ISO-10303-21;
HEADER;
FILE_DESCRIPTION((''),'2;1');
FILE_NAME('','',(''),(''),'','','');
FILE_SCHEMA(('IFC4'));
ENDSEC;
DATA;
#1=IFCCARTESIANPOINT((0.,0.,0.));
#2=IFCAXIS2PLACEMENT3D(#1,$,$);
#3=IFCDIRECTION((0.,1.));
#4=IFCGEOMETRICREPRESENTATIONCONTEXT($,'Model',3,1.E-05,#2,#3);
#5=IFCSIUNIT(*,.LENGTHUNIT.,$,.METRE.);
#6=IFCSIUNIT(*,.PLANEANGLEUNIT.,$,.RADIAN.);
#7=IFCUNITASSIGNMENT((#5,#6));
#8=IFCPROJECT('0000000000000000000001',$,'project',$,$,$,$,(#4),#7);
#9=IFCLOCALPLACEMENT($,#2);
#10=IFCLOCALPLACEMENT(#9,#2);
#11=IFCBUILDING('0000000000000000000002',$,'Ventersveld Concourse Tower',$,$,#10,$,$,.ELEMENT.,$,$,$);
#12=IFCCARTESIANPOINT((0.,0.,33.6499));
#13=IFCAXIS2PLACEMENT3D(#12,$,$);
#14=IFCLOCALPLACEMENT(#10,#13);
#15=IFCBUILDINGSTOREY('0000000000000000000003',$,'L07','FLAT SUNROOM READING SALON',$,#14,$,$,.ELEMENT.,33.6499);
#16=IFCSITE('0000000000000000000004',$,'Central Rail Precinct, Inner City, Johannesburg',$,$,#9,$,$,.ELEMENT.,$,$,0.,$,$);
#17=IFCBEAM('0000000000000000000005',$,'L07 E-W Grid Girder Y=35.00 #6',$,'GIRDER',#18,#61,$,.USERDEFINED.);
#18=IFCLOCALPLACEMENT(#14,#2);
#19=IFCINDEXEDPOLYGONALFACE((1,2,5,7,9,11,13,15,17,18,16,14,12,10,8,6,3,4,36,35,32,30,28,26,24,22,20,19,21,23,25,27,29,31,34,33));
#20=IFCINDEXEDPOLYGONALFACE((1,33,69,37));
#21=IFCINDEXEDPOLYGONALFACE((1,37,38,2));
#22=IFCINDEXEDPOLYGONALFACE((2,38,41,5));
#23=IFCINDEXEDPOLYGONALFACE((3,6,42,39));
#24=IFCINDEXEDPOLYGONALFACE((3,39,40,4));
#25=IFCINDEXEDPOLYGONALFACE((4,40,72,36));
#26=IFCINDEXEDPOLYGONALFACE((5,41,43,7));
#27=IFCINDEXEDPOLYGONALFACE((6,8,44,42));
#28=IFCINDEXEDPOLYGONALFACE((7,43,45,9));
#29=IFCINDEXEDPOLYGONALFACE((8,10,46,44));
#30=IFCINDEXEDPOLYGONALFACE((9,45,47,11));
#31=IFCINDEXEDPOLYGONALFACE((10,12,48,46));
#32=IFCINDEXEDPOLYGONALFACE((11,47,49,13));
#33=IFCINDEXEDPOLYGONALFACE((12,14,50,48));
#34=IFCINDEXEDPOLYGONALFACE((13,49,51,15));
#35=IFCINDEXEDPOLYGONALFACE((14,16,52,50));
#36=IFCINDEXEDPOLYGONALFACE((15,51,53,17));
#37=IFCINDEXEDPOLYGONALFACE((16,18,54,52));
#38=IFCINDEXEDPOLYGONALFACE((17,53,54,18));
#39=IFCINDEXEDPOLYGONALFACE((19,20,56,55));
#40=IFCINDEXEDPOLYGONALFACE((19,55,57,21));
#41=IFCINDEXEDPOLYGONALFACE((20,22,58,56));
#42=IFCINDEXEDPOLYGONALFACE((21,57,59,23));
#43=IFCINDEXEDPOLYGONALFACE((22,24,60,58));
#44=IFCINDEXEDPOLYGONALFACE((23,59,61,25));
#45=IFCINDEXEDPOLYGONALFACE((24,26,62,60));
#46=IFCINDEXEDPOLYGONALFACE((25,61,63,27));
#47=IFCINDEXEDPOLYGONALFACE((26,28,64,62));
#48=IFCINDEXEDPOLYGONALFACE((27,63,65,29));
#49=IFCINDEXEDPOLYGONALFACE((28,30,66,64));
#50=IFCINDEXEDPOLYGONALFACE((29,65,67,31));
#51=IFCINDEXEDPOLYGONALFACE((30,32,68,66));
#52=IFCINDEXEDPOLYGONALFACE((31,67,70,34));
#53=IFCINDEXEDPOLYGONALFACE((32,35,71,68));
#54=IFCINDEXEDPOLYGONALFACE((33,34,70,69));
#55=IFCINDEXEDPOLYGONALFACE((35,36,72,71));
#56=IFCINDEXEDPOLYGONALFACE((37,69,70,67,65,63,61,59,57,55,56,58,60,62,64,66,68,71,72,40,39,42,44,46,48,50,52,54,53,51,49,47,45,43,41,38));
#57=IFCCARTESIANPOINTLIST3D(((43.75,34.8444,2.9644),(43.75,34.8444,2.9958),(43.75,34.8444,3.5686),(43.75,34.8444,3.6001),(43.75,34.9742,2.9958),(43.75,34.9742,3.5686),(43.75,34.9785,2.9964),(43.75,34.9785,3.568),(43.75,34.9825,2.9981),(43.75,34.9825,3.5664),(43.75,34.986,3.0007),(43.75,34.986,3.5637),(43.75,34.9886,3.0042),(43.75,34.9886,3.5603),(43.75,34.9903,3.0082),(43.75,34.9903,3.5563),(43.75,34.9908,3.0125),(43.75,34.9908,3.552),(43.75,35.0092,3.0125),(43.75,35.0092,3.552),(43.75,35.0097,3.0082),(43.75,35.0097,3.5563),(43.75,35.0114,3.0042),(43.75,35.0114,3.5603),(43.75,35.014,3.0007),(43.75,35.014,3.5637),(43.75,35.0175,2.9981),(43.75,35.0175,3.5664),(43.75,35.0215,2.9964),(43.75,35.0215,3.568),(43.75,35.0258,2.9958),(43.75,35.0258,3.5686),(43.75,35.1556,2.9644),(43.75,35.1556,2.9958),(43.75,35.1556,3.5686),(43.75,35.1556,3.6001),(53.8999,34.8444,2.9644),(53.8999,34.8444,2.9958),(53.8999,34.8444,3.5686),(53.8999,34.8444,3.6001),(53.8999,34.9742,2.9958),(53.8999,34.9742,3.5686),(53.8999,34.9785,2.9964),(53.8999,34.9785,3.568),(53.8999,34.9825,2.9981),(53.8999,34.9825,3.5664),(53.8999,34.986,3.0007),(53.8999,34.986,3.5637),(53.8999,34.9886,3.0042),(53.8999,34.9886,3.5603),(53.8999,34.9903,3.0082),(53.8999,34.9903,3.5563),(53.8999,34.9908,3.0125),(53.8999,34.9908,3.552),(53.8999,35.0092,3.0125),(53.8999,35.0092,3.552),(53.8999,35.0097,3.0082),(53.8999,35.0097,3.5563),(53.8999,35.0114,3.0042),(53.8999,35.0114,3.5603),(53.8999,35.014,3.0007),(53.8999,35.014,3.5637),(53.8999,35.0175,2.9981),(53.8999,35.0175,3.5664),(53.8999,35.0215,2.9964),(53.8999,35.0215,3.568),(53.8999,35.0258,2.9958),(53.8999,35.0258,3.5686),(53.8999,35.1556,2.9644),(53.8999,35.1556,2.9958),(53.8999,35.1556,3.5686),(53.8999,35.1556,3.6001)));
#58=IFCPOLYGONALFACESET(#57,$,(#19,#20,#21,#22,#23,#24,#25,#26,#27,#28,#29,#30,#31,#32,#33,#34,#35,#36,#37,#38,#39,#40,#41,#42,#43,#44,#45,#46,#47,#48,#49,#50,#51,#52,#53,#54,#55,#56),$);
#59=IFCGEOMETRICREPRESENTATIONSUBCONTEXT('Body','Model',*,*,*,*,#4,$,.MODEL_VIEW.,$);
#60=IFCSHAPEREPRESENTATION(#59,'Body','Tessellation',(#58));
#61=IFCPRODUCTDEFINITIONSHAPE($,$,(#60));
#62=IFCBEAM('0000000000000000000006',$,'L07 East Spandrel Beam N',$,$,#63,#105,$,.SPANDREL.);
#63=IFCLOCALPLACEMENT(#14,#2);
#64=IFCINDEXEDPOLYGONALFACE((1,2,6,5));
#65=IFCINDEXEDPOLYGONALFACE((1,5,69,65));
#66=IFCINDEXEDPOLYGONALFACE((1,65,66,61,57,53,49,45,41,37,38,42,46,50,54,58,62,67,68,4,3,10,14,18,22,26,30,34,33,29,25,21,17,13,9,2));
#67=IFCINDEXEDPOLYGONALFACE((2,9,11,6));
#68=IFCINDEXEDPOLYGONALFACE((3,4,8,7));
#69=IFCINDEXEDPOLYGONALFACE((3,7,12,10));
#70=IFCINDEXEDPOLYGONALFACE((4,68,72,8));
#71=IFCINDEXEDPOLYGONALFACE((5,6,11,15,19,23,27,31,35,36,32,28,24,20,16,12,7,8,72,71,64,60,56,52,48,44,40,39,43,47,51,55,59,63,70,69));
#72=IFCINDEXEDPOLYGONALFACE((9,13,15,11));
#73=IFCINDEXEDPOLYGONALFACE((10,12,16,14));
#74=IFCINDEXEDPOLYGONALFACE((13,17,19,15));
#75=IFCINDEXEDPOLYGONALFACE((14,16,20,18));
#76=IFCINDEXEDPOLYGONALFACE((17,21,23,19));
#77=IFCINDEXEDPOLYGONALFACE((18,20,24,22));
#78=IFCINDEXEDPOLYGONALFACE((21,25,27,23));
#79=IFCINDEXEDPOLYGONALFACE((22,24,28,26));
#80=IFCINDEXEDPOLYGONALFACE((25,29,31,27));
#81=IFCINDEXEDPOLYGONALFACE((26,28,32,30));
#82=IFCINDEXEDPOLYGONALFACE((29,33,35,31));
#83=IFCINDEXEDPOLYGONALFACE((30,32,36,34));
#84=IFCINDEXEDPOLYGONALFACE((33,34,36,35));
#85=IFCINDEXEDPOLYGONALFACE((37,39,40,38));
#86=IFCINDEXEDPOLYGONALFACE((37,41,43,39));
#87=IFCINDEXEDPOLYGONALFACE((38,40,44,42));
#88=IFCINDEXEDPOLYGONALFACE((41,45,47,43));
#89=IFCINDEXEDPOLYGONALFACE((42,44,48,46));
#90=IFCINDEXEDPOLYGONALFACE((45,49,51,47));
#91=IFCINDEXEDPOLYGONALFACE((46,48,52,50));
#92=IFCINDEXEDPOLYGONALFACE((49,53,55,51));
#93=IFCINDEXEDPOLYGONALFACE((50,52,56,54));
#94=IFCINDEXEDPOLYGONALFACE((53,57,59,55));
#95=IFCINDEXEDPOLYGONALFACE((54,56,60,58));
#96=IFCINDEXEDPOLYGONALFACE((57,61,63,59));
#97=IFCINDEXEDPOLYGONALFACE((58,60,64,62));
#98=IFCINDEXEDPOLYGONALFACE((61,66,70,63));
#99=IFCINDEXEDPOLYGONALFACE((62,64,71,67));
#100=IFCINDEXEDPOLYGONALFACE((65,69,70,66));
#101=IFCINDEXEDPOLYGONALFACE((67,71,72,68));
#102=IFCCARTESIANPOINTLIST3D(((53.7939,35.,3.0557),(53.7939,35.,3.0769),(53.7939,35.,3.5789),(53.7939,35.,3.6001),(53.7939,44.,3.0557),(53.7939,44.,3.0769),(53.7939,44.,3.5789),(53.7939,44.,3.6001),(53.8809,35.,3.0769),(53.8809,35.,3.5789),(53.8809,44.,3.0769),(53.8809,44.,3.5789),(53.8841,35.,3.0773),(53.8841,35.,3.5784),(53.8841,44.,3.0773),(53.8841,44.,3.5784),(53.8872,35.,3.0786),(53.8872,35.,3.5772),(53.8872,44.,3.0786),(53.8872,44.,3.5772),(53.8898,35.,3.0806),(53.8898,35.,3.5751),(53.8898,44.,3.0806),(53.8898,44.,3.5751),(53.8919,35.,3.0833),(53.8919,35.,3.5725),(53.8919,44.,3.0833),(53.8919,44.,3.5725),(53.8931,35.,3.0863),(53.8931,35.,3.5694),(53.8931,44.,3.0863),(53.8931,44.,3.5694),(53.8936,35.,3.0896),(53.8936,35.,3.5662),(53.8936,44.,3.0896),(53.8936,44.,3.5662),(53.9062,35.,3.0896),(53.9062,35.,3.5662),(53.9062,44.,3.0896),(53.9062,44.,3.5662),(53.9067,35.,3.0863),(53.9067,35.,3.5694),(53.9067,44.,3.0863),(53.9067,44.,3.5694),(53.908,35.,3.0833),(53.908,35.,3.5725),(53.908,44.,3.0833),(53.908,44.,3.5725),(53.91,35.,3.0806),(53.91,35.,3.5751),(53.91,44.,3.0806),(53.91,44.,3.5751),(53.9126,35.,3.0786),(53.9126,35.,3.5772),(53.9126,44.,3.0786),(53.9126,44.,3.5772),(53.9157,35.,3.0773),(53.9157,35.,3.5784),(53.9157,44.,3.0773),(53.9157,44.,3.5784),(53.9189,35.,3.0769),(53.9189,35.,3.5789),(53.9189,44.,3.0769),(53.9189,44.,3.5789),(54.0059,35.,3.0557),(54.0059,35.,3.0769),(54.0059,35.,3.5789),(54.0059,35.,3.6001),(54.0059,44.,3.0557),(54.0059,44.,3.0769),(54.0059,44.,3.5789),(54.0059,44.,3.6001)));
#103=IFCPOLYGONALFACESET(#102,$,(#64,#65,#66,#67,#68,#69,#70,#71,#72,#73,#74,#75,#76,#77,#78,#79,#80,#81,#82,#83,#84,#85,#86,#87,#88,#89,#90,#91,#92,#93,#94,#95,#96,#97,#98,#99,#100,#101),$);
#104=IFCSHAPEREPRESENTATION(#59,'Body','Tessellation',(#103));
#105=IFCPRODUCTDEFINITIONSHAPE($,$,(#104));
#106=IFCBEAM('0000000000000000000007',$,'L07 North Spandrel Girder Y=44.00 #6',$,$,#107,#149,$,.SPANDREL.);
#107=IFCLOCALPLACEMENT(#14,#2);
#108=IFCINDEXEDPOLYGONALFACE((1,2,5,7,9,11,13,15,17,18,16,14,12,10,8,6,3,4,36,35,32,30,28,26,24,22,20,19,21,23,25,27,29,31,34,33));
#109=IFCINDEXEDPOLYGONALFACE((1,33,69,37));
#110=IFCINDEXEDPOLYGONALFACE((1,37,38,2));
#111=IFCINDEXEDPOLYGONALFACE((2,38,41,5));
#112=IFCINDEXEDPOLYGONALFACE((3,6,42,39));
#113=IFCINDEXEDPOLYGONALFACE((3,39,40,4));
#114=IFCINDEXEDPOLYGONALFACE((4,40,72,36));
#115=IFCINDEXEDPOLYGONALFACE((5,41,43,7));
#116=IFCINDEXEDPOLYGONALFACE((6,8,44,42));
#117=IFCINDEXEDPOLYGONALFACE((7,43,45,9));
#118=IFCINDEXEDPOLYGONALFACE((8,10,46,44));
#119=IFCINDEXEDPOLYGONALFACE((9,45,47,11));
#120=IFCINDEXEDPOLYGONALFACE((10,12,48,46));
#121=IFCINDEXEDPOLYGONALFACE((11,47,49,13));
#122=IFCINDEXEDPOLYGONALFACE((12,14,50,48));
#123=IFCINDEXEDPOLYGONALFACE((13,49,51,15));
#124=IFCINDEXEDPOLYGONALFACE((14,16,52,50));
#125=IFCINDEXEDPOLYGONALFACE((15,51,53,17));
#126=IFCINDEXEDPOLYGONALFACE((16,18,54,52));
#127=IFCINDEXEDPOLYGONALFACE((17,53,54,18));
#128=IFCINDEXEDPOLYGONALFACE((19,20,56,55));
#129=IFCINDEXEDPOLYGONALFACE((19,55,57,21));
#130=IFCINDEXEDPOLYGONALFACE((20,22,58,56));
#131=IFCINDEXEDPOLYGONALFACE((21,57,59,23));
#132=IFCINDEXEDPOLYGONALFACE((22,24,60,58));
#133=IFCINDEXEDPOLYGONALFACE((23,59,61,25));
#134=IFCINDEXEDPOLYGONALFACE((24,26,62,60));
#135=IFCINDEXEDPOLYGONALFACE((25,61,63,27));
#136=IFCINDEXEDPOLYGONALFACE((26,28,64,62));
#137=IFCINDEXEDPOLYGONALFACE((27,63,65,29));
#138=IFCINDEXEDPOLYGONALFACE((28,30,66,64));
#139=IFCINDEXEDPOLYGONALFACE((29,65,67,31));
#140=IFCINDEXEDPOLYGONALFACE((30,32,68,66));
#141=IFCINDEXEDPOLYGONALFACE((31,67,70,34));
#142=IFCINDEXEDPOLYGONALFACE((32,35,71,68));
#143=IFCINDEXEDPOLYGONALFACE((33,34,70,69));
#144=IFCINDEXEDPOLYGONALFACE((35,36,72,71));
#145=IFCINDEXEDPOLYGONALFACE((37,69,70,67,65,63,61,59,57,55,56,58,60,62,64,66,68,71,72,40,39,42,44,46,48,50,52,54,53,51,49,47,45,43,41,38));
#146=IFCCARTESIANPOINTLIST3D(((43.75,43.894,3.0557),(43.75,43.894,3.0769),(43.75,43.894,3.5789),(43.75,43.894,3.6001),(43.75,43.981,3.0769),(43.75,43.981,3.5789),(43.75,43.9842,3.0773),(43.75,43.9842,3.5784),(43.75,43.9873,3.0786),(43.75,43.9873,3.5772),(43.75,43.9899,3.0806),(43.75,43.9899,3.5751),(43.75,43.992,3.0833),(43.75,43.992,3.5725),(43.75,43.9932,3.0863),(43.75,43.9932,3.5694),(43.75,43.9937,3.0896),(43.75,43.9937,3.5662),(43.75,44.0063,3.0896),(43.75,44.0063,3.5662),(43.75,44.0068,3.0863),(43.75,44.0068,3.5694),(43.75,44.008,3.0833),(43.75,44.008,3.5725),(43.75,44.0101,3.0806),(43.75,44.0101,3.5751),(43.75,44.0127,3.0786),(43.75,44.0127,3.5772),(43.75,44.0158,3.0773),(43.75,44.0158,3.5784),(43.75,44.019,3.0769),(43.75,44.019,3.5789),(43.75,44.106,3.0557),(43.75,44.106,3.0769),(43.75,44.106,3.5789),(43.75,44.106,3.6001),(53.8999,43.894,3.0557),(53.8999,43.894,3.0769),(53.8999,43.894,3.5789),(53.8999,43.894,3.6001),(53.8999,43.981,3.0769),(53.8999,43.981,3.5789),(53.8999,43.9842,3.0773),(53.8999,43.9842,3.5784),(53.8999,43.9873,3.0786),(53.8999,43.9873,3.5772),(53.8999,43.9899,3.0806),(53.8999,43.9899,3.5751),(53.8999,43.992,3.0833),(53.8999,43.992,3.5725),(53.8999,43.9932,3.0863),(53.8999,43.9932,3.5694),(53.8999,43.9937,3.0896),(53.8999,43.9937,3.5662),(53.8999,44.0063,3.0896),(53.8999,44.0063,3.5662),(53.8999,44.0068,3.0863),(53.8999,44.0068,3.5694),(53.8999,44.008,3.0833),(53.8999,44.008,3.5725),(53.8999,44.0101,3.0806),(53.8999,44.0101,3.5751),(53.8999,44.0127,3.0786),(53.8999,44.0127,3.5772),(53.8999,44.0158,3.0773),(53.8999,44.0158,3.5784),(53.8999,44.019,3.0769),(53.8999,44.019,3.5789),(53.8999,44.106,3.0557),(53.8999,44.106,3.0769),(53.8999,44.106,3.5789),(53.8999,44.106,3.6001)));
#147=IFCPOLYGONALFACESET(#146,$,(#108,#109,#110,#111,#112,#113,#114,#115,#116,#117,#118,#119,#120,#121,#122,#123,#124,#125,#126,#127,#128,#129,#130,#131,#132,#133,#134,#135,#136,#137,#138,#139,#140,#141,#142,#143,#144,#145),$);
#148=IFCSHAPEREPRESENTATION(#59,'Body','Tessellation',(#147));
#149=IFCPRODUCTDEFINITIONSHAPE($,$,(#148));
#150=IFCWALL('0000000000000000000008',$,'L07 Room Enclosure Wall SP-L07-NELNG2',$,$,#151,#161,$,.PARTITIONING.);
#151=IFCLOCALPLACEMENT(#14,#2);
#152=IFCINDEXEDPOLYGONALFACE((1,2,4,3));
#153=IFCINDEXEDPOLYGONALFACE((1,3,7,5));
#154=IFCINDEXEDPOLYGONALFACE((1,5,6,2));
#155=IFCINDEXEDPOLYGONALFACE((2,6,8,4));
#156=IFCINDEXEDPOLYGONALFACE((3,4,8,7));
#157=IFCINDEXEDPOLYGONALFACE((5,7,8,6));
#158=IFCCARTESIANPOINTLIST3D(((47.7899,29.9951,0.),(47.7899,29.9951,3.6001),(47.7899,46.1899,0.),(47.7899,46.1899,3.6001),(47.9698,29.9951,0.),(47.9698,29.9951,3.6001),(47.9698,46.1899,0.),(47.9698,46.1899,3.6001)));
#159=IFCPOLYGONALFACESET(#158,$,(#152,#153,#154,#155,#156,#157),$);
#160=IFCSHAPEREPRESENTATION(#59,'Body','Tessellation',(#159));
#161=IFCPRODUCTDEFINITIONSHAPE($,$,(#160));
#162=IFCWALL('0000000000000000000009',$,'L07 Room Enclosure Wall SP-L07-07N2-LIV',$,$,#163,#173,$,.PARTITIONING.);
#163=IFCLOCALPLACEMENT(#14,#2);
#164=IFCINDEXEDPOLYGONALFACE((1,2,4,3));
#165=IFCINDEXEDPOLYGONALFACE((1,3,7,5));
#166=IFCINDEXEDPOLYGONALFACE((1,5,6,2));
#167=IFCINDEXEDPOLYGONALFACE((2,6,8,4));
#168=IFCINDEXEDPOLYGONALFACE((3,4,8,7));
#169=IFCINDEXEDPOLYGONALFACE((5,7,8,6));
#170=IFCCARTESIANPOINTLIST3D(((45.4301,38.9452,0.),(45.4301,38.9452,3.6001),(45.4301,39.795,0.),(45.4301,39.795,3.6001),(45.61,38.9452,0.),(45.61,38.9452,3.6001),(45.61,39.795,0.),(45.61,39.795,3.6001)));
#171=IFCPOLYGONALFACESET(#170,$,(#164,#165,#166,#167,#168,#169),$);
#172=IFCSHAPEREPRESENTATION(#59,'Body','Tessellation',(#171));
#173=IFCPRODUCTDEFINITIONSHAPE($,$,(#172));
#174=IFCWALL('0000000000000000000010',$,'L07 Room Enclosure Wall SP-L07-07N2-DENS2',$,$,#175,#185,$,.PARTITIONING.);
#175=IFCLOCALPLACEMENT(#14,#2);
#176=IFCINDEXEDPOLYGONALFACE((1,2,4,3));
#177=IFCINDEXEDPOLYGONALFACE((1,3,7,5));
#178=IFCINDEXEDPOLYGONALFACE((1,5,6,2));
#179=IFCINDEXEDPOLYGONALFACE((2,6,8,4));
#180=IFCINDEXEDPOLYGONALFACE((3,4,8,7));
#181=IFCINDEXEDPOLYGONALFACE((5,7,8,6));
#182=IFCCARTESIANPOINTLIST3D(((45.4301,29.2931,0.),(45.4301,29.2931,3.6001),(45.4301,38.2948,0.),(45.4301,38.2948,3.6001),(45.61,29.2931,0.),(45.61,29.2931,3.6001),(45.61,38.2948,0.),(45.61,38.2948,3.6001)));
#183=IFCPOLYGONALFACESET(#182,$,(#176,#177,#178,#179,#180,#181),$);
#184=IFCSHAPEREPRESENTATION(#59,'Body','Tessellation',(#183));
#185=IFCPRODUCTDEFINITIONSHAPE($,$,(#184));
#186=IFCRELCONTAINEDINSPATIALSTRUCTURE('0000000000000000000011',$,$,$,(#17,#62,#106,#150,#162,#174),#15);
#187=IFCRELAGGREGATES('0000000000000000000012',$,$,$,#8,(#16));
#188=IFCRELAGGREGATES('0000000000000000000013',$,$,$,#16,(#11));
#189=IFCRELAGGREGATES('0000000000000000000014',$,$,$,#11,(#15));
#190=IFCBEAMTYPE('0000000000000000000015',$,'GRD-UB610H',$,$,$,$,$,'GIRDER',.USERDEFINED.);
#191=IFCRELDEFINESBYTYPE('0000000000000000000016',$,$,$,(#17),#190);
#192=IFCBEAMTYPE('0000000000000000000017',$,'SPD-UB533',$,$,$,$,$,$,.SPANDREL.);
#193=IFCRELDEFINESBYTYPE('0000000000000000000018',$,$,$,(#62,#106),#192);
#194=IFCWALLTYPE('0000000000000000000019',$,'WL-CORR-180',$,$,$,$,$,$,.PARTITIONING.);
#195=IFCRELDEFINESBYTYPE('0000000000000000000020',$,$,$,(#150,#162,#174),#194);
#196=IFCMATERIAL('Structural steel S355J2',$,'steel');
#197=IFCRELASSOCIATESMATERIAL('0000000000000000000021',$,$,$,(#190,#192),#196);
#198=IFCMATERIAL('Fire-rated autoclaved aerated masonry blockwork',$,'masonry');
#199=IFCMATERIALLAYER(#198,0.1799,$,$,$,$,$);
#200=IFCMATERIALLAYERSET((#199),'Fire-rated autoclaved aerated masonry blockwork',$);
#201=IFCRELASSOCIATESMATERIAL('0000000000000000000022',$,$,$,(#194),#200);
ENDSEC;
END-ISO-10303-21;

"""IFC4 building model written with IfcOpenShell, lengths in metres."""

from ifc_helpers import new_model, si_unit, direction, frame, frame_2d, origin, origin_2d, place, context, subcontext, project, spatial, rectangle, i_section, extrude, material, layer, layer_set, material_profile, profile_set, type_object, element, save


model = new_model("IFC4")

# Units and contexts
model_context = context("Model", 3, precision=1e-05, world=origin(), true_north=direction((0.0, 1.0)))
body_context = subcontext(model_context, "Body", "Model", "MODEL_VIEW")
ifc_project = project(units=[si_unit("LENGTHUNIT", "METRE"), si_unit("PLANEANGLEUNIT", "RADIAN")], contexts=[model_context])

# Site, building, storey
site_placement = place(None, origin())
site = spatial("IfcSite", under=ifc_project, at=site_placement, Name="Central Rail Precinct, Inner City, Johannesburg", CompositionType="ELEMENT", RefElevation=0.0)
building_placement = place(site_placement, origin())
building = spatial("IfcBuilding", under=site, at=building_placement, Name="Ventersveld Concourse Tower", CompositionType="ELEMENT")
storey_placement = place(building_placement, frame((0.0, 0.0, 33.6499)))
storey = spatial("IfcBuildingStorey", under=building, at=storey_placement, Name="L07", Description="FLAT SUNROOM READING SALON", CompositionType="ELEMENT", Elevation=33.6499)

# Beams
ifc_material_1 = material(Name="Structural steel S355J2", Category="steel")
ifc_material_profile_1 = material_profile(ifc_material_1, i_section(OverallWidth=0.3113, OverallDepth=0.6357, WebThickness=0.0183, FlangeThickness=0.0315, FilletRadius=0.0166, at=origin_2d()), Name="UB 610x305x238")
ifc_profile_set_1 = profile_set([ifc_material_profile_1], Name="Structural steel S355J2")
beam_type_1 = type_object("IfcBeamType", Name="GRD-UB610H", ElementType="GIRDER", PredefinedType="USERDEFINED", material=ifc_profile_set_1)
beam_1_placement = place(storey_placement, frame((43.75, 35.0, 3.2822), z_axis=(1.0, 0.0, 0.0), x_axis=(0.0, 1.0, 0.0)))
element("IfcBeam", 1, at=beam_1_placement, inside=storey, type_object=beam_type_1, Name="L07 E-W Grid Girder Y=35.00 #6", ObjectType="GIRDER", PredefinedType="USERDEFINED", context=body_context, shape_type="SweptSolid", body=[
    extrude(i_section(OverallWidth=0.3113, OverallDepth=0.6357, WebThickness=0.0183, FlangeThickness=0.0315, FilletRadius=0.0166, at=origin_2d()), origin(), (0.0, 0.0, 1.0), 10.1499),
])
ifc_material_profile_2 = material_profile(ifc_material_1, i_section(OverallWidth=0.2119, OverallDepth=0.5444, WebThickness=0.0127, FlangeThickness=0.0212, FilletRadius=0.0127, at=origin_2d()), Name="UB 533x210x122")
ifc_profile_set_2 = profile_set([ifc_material_profile_2], Name="Structural steel S355J2")
beam_type_2 = type_object("IfcBeamType", Name="SPD-UB533", PredefinedType="SPANDREL", material=ifc_profile_set_2)
beam_2_placement = place(storey_placement, frame((53.8999, 35.0, 3.3279), z_axis=(0.0, 1.0, 0.0), x_axis=(-1.0, 0.0, 0.0)))
element("IfcBeam", 2, at=beam_2_placement, inside=storey, type_object=beam_type_2, Name="L07 East Spandrel Beam N", PredefinedType="SPANDREL", context=body_context, shape_type="SweptSolid", body=[
    extrude(i_section(OverallWidth=0.2119, OverallDepth=0.5444, WebThickness=0.0127, FlangeThickness=0.0212, FilletRadius=0.0127, at=origin_2d()), origin(), (0.0, 0.0, 1.0), 9.0),
])
beam_3_placement = place(storey_placement, frame((43.75, 44.0, 3.3279), z_axis=(1.0, 0.0, 0.0), x_axis=(0.0, 1.0, 0.0)))
element("IfcBeam", 3, at=beam_3_placement, inside=storey, type_object=beam_type_2, Name="L07 North Spandrel Girder Y=44.00 #6", PredefinedType="SPANDREL", context=body_context, shape_type="SweptSolid", body=[
    extrude(i_section(OverallWidth=0.2119, OverallDepth=0.5444, WebThickness=0.0127, FlangeThickness=0.0212, FilletRadius=0.0127, at=origin_2d()), origin(), (0.0, 0.0, 1.0), 10.1499),
])

# Walls
ifc_material_2 = material(Name="Fire-rated autoclaved aerated masonry blockwork", Category="masonry")
ifc_layer_1 = layer(ifc_material_2, 0.1799)
ifc_layer_set_1 = layer_set([ifc_layer_1], Name="Fire-rated autoclaved aerated masonry blockwork")
wall_type_1 = type_object("IfcWallType", Name="WL-CORR-180", PredefinedType="PARTITIONING", material=ifc_layer_set_1)
wall_1_placement = place(storey_placement, frame((47.8799, 29.9951, 0.0), z_axis=(0.0, 0.0, 1.0), x_axis=(0.0, 1.0, 0.0)))
element("IfcWall", 4, at=wall_1_placement, inside=storey, type_object=wall_type_1, Name="L07 Room Enclosure Wall SP-L07-NELNG2", PredefinedType="PARTITIONING", context=body_context, shape_type="SweptSolid", body=[
    extrude(rectangle(XDim=16.1948, YDim=0.1799, at=frame_2d((8.0974, 0.0))), origin(), (0.0, 0.0, 1.0), 3.6001),
])
wall_2_placement = place(storey_placement, frame((45.52, 39.7949, 0.0), z_axis=(0.0, 0.0, 1.0), x_axis=(0.0, -1.0, 0.0)))
element("IfcWall", 5, at=wall_2_placement, inside=storey, type_object=wall_type_1, Name="L07 Room Enclosure Wall SP-L07-07N2-LIV", PredefinedType="PARTITIONING", context=body_context, shape_type="SweptSolid", body=[
    extrude(rectangle(XDim=0.8499, YDim=0.1799, at=frame_2d((0.4248, 0.0))), origin(), (0.0, 0.0, 1.0), 3.6001),
])
wall_3_placement = place(storey_placement, frame((45.52, 38.2949, 0.0), z_axis=(0.0, 0.0, 1.0), x_axis=(0.0, -1.0, 0.0)))
element("IfcWall", 6, at=wall_3_placement, inside=storey, type_object=wall_type_1, Name="L07 Room Enclosure Wall SP-L07-07N2-DENS2", PredefinedType="PARTITIONING", context=body_context, shape_type="SweptSolid", body=[
    extrude(rectangle(XDim=9.0017, YDim=0.1799, at=frame_2d((4.501, 0.0))), origin(), (0.0, 0.0, 1.0), 3.6001),
])

save(model, "model.ifc")
